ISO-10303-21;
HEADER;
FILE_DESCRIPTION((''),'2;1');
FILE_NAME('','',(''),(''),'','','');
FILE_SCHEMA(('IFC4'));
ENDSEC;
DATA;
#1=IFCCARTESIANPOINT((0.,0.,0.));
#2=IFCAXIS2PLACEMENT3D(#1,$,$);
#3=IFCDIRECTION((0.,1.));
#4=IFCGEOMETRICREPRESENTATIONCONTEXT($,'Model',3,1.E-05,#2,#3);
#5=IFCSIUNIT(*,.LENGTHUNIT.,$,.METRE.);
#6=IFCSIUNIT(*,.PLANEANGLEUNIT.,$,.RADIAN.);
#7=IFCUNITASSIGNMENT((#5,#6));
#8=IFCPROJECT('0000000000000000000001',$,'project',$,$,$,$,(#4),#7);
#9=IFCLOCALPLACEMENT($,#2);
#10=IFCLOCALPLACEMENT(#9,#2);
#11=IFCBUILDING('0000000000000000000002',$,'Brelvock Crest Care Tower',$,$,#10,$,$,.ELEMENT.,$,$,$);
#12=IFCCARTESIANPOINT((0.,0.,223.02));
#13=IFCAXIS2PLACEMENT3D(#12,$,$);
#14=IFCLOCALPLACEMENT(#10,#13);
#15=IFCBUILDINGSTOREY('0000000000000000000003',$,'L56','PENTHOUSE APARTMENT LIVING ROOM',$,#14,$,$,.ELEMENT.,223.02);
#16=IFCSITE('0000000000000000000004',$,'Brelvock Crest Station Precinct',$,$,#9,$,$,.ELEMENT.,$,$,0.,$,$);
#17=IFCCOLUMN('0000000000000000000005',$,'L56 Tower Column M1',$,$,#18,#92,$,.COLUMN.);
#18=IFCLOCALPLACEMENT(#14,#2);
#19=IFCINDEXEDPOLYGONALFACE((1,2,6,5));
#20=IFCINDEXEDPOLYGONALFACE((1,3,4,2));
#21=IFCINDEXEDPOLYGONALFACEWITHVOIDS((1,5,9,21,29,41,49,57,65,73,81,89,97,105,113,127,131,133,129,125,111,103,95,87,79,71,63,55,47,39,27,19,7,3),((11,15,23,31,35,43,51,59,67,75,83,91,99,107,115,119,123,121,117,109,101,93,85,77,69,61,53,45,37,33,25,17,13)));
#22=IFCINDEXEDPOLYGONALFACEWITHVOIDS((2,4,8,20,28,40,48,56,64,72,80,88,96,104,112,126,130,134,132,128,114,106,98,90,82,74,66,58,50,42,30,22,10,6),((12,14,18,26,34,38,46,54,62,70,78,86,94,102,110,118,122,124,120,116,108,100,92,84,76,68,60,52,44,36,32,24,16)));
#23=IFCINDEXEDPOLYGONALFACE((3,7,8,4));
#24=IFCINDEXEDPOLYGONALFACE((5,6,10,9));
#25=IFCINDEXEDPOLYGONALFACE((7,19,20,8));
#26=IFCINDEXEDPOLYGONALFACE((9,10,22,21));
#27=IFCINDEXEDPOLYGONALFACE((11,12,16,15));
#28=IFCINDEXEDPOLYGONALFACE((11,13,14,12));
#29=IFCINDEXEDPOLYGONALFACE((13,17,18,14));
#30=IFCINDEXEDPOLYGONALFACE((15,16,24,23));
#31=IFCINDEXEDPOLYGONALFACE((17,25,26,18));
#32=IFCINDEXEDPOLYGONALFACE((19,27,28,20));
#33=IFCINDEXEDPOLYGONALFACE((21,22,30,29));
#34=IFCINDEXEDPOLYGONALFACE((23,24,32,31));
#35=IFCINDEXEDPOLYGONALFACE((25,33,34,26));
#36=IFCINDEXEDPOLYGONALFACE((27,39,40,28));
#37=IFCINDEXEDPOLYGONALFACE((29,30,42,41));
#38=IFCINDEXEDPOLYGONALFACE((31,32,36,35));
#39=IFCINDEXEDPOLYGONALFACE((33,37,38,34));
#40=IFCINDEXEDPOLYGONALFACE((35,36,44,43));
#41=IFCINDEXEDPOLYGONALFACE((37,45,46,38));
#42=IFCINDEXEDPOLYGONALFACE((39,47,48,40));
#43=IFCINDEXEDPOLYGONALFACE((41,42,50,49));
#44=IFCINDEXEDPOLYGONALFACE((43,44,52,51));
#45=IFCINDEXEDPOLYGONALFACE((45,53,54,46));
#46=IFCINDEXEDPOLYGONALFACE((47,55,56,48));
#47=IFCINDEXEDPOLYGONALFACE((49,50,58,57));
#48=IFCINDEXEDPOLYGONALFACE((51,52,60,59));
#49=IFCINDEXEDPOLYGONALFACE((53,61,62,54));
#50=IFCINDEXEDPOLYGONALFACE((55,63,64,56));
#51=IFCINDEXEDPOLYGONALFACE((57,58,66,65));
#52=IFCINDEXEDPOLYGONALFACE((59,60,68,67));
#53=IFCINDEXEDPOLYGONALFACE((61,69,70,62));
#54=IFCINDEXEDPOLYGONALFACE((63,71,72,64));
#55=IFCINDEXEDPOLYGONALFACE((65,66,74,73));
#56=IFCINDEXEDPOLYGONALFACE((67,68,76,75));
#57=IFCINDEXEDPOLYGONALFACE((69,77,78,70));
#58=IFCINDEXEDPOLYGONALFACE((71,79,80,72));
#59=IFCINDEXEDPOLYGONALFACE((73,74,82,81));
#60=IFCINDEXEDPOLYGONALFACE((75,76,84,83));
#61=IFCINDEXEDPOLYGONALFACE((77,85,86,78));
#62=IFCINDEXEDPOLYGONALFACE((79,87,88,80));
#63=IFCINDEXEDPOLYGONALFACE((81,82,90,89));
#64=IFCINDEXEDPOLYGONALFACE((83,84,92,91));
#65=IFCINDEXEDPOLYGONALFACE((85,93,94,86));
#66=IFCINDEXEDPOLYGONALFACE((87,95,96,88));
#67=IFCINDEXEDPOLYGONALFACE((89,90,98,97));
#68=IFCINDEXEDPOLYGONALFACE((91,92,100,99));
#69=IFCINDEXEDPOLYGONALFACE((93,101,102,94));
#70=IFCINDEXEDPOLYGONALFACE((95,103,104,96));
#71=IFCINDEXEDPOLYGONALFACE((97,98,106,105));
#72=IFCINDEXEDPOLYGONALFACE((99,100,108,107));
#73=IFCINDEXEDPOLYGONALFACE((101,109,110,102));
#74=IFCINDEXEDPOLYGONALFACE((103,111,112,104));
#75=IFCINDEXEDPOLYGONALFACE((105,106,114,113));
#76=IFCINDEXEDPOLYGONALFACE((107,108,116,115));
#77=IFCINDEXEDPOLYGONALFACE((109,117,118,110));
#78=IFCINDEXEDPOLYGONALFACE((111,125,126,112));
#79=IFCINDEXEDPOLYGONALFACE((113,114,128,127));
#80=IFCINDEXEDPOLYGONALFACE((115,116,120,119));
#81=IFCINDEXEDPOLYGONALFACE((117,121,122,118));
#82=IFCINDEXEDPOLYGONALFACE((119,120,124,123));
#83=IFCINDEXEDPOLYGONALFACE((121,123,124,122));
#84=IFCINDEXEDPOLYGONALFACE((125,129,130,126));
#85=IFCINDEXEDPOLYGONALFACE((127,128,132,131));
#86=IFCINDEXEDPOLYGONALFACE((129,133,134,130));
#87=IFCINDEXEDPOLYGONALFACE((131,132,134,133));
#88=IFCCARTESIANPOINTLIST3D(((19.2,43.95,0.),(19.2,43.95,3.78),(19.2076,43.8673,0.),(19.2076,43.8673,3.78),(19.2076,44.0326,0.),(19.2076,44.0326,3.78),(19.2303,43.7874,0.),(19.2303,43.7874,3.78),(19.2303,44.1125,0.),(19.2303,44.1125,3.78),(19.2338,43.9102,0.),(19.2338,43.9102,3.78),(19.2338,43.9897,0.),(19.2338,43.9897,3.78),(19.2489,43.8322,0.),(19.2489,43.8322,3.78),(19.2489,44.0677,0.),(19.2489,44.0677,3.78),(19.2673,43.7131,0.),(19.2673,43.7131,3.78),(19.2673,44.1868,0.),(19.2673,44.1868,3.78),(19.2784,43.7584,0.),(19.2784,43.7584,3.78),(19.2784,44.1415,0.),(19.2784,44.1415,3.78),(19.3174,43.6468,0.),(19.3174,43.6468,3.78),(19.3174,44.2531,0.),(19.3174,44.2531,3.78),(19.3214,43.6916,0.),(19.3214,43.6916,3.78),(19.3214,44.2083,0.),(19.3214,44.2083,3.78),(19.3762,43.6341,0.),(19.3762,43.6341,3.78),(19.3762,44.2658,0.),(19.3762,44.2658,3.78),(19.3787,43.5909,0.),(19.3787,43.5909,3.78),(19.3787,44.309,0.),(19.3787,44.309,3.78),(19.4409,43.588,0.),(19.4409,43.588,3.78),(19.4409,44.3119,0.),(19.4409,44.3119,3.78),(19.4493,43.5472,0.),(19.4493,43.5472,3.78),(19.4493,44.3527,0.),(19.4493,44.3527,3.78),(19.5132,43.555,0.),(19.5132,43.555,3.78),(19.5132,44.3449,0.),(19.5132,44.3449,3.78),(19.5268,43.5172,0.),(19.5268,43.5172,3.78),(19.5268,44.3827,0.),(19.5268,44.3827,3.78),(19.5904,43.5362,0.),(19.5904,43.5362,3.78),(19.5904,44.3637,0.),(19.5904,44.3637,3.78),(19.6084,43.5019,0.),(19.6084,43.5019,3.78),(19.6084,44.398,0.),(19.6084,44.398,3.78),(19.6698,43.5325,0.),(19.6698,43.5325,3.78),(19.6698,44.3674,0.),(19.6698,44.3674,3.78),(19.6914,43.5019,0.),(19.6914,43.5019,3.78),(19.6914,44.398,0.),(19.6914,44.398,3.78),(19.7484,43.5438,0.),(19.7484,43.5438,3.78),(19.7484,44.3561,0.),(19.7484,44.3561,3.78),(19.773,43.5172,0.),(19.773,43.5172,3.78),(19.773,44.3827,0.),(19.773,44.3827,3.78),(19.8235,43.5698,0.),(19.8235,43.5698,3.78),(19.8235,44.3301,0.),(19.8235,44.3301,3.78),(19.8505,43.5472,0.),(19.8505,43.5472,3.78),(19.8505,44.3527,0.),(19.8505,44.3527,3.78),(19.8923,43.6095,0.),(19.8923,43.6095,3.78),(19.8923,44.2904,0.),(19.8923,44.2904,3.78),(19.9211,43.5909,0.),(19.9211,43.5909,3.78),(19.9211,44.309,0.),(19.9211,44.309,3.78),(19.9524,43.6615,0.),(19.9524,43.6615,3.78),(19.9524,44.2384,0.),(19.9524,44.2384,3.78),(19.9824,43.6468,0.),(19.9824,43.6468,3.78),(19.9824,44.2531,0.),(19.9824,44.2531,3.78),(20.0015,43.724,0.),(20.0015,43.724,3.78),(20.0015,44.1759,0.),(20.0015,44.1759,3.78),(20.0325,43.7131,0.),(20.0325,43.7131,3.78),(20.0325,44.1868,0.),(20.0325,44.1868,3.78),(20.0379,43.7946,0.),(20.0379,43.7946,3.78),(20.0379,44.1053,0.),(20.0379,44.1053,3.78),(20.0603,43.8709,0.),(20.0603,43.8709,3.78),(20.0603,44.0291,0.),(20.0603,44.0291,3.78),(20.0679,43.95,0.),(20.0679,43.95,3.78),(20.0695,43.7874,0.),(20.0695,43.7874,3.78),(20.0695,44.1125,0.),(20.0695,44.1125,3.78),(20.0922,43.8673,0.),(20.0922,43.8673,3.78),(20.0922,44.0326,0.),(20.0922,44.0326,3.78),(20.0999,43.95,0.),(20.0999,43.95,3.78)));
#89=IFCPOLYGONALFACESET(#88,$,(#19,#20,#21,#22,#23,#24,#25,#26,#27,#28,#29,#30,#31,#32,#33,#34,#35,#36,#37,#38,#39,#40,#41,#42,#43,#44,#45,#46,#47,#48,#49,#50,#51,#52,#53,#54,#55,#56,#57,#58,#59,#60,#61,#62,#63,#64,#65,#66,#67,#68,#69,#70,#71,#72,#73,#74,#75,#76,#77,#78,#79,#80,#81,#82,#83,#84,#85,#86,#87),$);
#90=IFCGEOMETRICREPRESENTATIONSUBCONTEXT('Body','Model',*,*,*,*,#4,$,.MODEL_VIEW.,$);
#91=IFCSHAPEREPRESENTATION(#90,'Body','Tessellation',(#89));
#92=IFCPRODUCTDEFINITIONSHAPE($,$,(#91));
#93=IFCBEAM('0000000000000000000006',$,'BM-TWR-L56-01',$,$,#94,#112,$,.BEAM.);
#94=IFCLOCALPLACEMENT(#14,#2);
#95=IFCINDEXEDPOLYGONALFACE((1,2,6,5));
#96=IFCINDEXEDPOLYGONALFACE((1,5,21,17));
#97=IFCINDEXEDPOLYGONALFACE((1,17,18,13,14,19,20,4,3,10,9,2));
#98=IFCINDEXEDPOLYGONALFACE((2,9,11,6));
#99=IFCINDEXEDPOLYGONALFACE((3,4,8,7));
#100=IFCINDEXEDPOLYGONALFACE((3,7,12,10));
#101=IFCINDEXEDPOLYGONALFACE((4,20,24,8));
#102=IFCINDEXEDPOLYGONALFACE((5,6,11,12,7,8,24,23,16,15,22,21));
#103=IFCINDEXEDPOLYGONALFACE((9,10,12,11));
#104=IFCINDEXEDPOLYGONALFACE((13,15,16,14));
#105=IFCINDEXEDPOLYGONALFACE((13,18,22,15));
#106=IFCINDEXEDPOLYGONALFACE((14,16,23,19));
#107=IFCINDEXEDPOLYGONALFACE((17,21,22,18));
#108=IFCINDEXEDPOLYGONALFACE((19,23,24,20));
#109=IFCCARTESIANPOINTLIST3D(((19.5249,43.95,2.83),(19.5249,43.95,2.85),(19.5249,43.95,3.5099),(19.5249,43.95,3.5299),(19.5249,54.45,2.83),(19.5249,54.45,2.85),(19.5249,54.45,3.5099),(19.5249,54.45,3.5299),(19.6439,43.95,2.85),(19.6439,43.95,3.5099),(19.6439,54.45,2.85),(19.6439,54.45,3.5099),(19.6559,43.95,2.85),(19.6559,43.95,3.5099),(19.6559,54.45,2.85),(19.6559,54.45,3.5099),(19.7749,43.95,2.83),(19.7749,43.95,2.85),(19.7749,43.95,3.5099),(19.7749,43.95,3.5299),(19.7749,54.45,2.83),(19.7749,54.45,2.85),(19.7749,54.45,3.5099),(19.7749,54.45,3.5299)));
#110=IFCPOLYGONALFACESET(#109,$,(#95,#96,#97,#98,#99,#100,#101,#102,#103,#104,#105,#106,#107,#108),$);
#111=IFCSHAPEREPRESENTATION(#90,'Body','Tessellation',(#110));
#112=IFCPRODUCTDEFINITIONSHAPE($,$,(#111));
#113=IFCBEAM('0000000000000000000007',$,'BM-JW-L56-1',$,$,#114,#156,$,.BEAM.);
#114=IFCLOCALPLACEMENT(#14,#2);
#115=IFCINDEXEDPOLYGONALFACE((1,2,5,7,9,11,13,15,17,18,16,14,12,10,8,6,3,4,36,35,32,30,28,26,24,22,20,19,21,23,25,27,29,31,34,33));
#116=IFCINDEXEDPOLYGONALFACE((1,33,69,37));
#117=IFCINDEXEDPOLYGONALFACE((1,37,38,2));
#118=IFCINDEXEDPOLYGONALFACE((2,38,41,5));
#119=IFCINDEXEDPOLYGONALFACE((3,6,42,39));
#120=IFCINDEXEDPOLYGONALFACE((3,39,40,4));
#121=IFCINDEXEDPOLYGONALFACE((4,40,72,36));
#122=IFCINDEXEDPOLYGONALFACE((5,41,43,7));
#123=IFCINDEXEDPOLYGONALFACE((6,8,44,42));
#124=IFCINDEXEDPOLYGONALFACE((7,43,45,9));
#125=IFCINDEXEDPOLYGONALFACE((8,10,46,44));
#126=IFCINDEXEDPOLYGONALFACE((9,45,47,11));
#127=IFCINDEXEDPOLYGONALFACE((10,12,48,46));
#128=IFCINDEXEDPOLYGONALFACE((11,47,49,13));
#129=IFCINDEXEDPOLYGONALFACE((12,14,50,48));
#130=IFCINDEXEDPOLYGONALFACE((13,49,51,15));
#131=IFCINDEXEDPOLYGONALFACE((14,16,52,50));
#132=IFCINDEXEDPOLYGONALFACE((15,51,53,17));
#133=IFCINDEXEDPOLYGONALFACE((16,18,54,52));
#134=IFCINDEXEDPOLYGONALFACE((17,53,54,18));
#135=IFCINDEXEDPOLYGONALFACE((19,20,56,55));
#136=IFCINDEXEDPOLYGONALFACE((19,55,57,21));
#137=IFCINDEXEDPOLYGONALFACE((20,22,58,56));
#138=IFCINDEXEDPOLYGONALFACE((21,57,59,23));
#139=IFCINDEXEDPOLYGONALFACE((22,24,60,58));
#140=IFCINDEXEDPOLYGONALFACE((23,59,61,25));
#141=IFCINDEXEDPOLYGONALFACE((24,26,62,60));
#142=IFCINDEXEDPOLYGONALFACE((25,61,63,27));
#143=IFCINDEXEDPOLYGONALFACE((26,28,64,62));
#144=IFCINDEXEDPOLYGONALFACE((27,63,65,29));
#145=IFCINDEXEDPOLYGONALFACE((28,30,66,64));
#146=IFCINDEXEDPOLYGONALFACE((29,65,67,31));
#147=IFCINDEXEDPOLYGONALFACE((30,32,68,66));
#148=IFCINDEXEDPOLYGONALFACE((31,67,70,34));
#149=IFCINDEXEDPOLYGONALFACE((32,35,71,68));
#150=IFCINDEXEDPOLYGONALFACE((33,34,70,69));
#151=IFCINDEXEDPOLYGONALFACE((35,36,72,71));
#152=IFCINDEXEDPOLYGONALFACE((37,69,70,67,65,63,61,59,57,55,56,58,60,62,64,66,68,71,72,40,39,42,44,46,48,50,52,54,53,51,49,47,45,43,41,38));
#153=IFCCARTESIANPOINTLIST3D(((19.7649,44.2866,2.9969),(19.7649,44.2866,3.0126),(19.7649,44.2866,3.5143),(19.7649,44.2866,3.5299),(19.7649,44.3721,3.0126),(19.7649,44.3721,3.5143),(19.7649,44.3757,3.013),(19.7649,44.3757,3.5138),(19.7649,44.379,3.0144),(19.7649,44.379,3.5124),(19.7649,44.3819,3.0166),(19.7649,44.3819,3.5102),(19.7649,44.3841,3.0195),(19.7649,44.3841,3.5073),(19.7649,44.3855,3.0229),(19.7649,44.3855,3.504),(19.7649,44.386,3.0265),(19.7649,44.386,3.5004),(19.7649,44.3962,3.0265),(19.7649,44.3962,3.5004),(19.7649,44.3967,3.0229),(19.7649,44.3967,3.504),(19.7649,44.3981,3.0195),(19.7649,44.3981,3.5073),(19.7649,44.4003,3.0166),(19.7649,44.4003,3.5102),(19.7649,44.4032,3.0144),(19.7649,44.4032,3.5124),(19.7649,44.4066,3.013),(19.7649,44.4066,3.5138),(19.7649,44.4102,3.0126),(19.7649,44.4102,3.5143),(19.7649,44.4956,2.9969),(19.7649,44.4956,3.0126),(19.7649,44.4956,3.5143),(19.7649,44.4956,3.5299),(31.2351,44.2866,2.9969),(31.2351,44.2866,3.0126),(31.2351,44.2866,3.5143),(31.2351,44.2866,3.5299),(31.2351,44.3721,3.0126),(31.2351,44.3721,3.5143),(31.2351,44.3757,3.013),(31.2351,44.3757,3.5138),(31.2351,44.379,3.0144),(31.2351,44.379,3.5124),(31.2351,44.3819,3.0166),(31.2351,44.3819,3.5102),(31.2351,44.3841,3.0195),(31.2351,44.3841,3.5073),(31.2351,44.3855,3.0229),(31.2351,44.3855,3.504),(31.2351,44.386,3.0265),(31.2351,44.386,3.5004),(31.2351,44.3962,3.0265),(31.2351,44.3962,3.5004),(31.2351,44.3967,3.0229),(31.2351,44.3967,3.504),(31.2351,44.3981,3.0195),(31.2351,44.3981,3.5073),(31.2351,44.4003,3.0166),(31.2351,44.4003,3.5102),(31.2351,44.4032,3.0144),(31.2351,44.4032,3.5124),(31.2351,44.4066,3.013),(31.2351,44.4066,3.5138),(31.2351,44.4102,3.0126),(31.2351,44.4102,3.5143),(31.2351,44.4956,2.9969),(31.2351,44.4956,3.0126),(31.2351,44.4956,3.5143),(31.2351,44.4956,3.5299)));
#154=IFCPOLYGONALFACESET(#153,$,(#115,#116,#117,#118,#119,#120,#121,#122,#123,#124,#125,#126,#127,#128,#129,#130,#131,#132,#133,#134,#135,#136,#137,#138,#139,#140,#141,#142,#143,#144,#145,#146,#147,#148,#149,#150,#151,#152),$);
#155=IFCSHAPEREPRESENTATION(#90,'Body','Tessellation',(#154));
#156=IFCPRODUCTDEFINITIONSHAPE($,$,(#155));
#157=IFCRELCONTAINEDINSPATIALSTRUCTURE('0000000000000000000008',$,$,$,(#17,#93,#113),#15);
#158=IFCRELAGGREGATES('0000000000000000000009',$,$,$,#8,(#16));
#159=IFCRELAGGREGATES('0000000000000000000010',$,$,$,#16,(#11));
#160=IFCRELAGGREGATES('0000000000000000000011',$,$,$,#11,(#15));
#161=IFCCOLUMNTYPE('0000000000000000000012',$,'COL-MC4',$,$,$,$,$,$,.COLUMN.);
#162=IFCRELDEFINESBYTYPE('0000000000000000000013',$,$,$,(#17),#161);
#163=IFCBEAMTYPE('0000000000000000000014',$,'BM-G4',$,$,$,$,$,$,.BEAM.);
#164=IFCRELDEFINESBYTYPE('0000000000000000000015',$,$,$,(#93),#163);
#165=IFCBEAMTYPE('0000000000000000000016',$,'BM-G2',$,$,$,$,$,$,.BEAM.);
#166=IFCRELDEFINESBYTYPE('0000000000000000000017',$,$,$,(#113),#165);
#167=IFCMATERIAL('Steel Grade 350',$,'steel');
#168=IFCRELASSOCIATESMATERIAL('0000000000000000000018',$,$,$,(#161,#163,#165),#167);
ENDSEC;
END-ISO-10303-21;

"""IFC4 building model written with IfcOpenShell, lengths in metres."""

from ifc_helpers import new_model, si_unit, direction, frame, origin, origin_2d, place, context, subcontext, project, spatial, hollow_circle, i_section, extrude, source, transform, mapped, material, material_profile, profile_set, type_object, element, save


model = new_model("IFC4")

# Units and contexts
model_context = context("Model", 3, precision=1e-05, world=origin(), true_north=direction((0.0, 1.0)))
body_context = subcontext(model_context, "Body", "Model", "MODEL_VIEW")
ifc_project = project(units=[si_unit("LENGTHUNIT", "METRE"), si_unit("PLANEANGLEUNIT", "RADIAN")], contexts=[model_context])

# Site, building, storey
site_placement = place(None, origin())
site = spatial("IfcSite", under=ifc_project, at=site_placement, Name="Brelvock Crest Station Precinct", CompositionType="ELEMENT", RefElevation=0.0)
building_placement = place(site_placement, origin())
building = spatial("IfcBuilding", under=site, at=building_placement, Name="Brelvock Crest Care Tower", CompositionType="ELEMENT")
storey_placement = place(building_placement, frame((0.0, 0.0, 223.02)))
storey = spatial("IfcBuildingStorey", under=building, at=storey_placement, Name="L56", Description="PENTHOUSE APARTMENT LIVING ROOM", CompositionType="ELEMENT", Elevation=223.02)

# Column
ifc_material_1 = material(Name="Steel Grade 350", Category="steel")
ifc_material_profile_1 = material_profile(ifc_material_1, hollow_circle(Radius=0.45, WallThickness=0.032, at=origin_2d()), Name="CFT900x32")
ifc_profile_set_1 = profile_set([ifc_material_profile_1], Name="Steel Grade 350")
column_type = type_object("IfcColumnType", Name="COL-MC4", PredefinedType="COLUMN", material=ifc_profile_set_1)
shared_shape_1 = source(origin(), body_context, "Body", "SweptSolid", [
    extrude(hollow_circle(Radius=0.45, WallThickness=0.032, at=origin_2d()), origin(), (0.0, 0.0, 1.0), 3.78),
])
column_placement = place(storey_placement, frame((19.6499, 43.95, 0.0), z_axis=(0.0, 0.0, 1.0), x_axis=(1.0, 0.0, 0.0)))
element("IfcColumn", 1, at=column_placement, inside=storey, type_object=column_type, Name="L56 Tower Column M1", PredefinedType="COLUMN", context=body_context, shape_type="MappedRepresentation", body=[
    mapped(shared_shape_1, transform((0.0, 0.0, 0.0), x_axis=(1.0, 0.0, 0.0), y_axis=(0.0, 1.0, 0.0), z_axis=(0.0, 0.0, 1.0), scale=1.0)),
])

# Beams
ifc_material_profile_2 = material_profile(ifc_material_1, i_section(OverallWidth=0.25, OverallDepth=0.7, WebThickness=0.012, FlangeThickness=0.02, at=origin_2d()), Name="700WB150")
ifc_profile_set_2 = profile_set([ifc_material_profile_2], Name="Steel Grade 350")
beam_type_1 = type_object("IfcBeamType", Name="BM-G4", PredefinedType="BEAM", material=ifc_profile_set_2)
shared_shape_2 = source(origin(), body_context, "Body", "SweptSolid", [
    extrude(i_section(OverallWidth=0.25, OverallDepth=0.7, WebThickness=0.012, FlangeThickness=0.02, at=origin_2d()), origin(), (0.0, 0.0, 1.0), 10.5),
])
beam_1_placement = place(storey_placement, frame((19.6499, 43.95, 3.1799), z_axis=(0.0, 1.0, 0.0), x_axis=(-1.0, 0.0, 0.0)))
element("IfcBeam", 2, at=beam_1_placement, inside=storey, type_object=beam_type_1, Name="BM-TWR-L56-01", PredefinedType="BEAM", context=body_context, shape_type="MappedRepresentation", body=[
    mapped(shared_shape_2, transform((0.0, 0.0, 0.0), x_axis=(1.0, 0.0, 0.0), y_axis=(0.0, 1.0, 0.0), z_axis=(0.0, 0.0, 1.0), scale=1.0)),
])
ifc_material_profile_3 = material_profile(ifc_material_1, i_section(OverallWidth=0.209, OverallDepth=0.533, WebThickness=0.0103, FlangeThickness=0.0156, FilletRadius=0.0139, at=origin_2d()), Name="530UB92.4")
ifc_profile_set_3 = profile_set([ifc_material_profile_3], Name="Steel Grade 350")
beam_type_2 = type_object("IfcBeamType", Name="BM-G2", PredefinedType="BEAM", material=ifc_profile_set_3)
shared_shape_3 = source(origin(), body_context, "Body", "SweptSolid", [
    extrude(i_section(OverallWidth=0.209, OverallDepth=0.533, WebThickness=0.0103, FlangeThickness=0.0156, FilletRadius=0.0139, at=origin_2d()), origin(), (0.0, 0.0, 1.0), 11.4702),
])
beam_2_placement = place(storey_placement, frame((19.7649, 44.3911, 3.2634), z_axis=(1.0, 0.0, 0.0), x_axis=(0.0, 1.0, 0.0)))
element("IfcBeam", 3, at=beam_2_placement, inside=storey, type_object=beam_type_2, Name="BM-JW-L56-1", PredefinedType="BEAM", context=body_context, shape_type="MappedRepresentation", body=[
    mapped(shared_shape_3, transform((0.0, 0.0, 0.0), x_axis=(1.0, 0.0, 0.0), y_axis=(0.0, 1.0, 0.0), z_axis=(0.0, 0.0, 1.0), scale=1.0)),
])

save(model, "model.ifc")
